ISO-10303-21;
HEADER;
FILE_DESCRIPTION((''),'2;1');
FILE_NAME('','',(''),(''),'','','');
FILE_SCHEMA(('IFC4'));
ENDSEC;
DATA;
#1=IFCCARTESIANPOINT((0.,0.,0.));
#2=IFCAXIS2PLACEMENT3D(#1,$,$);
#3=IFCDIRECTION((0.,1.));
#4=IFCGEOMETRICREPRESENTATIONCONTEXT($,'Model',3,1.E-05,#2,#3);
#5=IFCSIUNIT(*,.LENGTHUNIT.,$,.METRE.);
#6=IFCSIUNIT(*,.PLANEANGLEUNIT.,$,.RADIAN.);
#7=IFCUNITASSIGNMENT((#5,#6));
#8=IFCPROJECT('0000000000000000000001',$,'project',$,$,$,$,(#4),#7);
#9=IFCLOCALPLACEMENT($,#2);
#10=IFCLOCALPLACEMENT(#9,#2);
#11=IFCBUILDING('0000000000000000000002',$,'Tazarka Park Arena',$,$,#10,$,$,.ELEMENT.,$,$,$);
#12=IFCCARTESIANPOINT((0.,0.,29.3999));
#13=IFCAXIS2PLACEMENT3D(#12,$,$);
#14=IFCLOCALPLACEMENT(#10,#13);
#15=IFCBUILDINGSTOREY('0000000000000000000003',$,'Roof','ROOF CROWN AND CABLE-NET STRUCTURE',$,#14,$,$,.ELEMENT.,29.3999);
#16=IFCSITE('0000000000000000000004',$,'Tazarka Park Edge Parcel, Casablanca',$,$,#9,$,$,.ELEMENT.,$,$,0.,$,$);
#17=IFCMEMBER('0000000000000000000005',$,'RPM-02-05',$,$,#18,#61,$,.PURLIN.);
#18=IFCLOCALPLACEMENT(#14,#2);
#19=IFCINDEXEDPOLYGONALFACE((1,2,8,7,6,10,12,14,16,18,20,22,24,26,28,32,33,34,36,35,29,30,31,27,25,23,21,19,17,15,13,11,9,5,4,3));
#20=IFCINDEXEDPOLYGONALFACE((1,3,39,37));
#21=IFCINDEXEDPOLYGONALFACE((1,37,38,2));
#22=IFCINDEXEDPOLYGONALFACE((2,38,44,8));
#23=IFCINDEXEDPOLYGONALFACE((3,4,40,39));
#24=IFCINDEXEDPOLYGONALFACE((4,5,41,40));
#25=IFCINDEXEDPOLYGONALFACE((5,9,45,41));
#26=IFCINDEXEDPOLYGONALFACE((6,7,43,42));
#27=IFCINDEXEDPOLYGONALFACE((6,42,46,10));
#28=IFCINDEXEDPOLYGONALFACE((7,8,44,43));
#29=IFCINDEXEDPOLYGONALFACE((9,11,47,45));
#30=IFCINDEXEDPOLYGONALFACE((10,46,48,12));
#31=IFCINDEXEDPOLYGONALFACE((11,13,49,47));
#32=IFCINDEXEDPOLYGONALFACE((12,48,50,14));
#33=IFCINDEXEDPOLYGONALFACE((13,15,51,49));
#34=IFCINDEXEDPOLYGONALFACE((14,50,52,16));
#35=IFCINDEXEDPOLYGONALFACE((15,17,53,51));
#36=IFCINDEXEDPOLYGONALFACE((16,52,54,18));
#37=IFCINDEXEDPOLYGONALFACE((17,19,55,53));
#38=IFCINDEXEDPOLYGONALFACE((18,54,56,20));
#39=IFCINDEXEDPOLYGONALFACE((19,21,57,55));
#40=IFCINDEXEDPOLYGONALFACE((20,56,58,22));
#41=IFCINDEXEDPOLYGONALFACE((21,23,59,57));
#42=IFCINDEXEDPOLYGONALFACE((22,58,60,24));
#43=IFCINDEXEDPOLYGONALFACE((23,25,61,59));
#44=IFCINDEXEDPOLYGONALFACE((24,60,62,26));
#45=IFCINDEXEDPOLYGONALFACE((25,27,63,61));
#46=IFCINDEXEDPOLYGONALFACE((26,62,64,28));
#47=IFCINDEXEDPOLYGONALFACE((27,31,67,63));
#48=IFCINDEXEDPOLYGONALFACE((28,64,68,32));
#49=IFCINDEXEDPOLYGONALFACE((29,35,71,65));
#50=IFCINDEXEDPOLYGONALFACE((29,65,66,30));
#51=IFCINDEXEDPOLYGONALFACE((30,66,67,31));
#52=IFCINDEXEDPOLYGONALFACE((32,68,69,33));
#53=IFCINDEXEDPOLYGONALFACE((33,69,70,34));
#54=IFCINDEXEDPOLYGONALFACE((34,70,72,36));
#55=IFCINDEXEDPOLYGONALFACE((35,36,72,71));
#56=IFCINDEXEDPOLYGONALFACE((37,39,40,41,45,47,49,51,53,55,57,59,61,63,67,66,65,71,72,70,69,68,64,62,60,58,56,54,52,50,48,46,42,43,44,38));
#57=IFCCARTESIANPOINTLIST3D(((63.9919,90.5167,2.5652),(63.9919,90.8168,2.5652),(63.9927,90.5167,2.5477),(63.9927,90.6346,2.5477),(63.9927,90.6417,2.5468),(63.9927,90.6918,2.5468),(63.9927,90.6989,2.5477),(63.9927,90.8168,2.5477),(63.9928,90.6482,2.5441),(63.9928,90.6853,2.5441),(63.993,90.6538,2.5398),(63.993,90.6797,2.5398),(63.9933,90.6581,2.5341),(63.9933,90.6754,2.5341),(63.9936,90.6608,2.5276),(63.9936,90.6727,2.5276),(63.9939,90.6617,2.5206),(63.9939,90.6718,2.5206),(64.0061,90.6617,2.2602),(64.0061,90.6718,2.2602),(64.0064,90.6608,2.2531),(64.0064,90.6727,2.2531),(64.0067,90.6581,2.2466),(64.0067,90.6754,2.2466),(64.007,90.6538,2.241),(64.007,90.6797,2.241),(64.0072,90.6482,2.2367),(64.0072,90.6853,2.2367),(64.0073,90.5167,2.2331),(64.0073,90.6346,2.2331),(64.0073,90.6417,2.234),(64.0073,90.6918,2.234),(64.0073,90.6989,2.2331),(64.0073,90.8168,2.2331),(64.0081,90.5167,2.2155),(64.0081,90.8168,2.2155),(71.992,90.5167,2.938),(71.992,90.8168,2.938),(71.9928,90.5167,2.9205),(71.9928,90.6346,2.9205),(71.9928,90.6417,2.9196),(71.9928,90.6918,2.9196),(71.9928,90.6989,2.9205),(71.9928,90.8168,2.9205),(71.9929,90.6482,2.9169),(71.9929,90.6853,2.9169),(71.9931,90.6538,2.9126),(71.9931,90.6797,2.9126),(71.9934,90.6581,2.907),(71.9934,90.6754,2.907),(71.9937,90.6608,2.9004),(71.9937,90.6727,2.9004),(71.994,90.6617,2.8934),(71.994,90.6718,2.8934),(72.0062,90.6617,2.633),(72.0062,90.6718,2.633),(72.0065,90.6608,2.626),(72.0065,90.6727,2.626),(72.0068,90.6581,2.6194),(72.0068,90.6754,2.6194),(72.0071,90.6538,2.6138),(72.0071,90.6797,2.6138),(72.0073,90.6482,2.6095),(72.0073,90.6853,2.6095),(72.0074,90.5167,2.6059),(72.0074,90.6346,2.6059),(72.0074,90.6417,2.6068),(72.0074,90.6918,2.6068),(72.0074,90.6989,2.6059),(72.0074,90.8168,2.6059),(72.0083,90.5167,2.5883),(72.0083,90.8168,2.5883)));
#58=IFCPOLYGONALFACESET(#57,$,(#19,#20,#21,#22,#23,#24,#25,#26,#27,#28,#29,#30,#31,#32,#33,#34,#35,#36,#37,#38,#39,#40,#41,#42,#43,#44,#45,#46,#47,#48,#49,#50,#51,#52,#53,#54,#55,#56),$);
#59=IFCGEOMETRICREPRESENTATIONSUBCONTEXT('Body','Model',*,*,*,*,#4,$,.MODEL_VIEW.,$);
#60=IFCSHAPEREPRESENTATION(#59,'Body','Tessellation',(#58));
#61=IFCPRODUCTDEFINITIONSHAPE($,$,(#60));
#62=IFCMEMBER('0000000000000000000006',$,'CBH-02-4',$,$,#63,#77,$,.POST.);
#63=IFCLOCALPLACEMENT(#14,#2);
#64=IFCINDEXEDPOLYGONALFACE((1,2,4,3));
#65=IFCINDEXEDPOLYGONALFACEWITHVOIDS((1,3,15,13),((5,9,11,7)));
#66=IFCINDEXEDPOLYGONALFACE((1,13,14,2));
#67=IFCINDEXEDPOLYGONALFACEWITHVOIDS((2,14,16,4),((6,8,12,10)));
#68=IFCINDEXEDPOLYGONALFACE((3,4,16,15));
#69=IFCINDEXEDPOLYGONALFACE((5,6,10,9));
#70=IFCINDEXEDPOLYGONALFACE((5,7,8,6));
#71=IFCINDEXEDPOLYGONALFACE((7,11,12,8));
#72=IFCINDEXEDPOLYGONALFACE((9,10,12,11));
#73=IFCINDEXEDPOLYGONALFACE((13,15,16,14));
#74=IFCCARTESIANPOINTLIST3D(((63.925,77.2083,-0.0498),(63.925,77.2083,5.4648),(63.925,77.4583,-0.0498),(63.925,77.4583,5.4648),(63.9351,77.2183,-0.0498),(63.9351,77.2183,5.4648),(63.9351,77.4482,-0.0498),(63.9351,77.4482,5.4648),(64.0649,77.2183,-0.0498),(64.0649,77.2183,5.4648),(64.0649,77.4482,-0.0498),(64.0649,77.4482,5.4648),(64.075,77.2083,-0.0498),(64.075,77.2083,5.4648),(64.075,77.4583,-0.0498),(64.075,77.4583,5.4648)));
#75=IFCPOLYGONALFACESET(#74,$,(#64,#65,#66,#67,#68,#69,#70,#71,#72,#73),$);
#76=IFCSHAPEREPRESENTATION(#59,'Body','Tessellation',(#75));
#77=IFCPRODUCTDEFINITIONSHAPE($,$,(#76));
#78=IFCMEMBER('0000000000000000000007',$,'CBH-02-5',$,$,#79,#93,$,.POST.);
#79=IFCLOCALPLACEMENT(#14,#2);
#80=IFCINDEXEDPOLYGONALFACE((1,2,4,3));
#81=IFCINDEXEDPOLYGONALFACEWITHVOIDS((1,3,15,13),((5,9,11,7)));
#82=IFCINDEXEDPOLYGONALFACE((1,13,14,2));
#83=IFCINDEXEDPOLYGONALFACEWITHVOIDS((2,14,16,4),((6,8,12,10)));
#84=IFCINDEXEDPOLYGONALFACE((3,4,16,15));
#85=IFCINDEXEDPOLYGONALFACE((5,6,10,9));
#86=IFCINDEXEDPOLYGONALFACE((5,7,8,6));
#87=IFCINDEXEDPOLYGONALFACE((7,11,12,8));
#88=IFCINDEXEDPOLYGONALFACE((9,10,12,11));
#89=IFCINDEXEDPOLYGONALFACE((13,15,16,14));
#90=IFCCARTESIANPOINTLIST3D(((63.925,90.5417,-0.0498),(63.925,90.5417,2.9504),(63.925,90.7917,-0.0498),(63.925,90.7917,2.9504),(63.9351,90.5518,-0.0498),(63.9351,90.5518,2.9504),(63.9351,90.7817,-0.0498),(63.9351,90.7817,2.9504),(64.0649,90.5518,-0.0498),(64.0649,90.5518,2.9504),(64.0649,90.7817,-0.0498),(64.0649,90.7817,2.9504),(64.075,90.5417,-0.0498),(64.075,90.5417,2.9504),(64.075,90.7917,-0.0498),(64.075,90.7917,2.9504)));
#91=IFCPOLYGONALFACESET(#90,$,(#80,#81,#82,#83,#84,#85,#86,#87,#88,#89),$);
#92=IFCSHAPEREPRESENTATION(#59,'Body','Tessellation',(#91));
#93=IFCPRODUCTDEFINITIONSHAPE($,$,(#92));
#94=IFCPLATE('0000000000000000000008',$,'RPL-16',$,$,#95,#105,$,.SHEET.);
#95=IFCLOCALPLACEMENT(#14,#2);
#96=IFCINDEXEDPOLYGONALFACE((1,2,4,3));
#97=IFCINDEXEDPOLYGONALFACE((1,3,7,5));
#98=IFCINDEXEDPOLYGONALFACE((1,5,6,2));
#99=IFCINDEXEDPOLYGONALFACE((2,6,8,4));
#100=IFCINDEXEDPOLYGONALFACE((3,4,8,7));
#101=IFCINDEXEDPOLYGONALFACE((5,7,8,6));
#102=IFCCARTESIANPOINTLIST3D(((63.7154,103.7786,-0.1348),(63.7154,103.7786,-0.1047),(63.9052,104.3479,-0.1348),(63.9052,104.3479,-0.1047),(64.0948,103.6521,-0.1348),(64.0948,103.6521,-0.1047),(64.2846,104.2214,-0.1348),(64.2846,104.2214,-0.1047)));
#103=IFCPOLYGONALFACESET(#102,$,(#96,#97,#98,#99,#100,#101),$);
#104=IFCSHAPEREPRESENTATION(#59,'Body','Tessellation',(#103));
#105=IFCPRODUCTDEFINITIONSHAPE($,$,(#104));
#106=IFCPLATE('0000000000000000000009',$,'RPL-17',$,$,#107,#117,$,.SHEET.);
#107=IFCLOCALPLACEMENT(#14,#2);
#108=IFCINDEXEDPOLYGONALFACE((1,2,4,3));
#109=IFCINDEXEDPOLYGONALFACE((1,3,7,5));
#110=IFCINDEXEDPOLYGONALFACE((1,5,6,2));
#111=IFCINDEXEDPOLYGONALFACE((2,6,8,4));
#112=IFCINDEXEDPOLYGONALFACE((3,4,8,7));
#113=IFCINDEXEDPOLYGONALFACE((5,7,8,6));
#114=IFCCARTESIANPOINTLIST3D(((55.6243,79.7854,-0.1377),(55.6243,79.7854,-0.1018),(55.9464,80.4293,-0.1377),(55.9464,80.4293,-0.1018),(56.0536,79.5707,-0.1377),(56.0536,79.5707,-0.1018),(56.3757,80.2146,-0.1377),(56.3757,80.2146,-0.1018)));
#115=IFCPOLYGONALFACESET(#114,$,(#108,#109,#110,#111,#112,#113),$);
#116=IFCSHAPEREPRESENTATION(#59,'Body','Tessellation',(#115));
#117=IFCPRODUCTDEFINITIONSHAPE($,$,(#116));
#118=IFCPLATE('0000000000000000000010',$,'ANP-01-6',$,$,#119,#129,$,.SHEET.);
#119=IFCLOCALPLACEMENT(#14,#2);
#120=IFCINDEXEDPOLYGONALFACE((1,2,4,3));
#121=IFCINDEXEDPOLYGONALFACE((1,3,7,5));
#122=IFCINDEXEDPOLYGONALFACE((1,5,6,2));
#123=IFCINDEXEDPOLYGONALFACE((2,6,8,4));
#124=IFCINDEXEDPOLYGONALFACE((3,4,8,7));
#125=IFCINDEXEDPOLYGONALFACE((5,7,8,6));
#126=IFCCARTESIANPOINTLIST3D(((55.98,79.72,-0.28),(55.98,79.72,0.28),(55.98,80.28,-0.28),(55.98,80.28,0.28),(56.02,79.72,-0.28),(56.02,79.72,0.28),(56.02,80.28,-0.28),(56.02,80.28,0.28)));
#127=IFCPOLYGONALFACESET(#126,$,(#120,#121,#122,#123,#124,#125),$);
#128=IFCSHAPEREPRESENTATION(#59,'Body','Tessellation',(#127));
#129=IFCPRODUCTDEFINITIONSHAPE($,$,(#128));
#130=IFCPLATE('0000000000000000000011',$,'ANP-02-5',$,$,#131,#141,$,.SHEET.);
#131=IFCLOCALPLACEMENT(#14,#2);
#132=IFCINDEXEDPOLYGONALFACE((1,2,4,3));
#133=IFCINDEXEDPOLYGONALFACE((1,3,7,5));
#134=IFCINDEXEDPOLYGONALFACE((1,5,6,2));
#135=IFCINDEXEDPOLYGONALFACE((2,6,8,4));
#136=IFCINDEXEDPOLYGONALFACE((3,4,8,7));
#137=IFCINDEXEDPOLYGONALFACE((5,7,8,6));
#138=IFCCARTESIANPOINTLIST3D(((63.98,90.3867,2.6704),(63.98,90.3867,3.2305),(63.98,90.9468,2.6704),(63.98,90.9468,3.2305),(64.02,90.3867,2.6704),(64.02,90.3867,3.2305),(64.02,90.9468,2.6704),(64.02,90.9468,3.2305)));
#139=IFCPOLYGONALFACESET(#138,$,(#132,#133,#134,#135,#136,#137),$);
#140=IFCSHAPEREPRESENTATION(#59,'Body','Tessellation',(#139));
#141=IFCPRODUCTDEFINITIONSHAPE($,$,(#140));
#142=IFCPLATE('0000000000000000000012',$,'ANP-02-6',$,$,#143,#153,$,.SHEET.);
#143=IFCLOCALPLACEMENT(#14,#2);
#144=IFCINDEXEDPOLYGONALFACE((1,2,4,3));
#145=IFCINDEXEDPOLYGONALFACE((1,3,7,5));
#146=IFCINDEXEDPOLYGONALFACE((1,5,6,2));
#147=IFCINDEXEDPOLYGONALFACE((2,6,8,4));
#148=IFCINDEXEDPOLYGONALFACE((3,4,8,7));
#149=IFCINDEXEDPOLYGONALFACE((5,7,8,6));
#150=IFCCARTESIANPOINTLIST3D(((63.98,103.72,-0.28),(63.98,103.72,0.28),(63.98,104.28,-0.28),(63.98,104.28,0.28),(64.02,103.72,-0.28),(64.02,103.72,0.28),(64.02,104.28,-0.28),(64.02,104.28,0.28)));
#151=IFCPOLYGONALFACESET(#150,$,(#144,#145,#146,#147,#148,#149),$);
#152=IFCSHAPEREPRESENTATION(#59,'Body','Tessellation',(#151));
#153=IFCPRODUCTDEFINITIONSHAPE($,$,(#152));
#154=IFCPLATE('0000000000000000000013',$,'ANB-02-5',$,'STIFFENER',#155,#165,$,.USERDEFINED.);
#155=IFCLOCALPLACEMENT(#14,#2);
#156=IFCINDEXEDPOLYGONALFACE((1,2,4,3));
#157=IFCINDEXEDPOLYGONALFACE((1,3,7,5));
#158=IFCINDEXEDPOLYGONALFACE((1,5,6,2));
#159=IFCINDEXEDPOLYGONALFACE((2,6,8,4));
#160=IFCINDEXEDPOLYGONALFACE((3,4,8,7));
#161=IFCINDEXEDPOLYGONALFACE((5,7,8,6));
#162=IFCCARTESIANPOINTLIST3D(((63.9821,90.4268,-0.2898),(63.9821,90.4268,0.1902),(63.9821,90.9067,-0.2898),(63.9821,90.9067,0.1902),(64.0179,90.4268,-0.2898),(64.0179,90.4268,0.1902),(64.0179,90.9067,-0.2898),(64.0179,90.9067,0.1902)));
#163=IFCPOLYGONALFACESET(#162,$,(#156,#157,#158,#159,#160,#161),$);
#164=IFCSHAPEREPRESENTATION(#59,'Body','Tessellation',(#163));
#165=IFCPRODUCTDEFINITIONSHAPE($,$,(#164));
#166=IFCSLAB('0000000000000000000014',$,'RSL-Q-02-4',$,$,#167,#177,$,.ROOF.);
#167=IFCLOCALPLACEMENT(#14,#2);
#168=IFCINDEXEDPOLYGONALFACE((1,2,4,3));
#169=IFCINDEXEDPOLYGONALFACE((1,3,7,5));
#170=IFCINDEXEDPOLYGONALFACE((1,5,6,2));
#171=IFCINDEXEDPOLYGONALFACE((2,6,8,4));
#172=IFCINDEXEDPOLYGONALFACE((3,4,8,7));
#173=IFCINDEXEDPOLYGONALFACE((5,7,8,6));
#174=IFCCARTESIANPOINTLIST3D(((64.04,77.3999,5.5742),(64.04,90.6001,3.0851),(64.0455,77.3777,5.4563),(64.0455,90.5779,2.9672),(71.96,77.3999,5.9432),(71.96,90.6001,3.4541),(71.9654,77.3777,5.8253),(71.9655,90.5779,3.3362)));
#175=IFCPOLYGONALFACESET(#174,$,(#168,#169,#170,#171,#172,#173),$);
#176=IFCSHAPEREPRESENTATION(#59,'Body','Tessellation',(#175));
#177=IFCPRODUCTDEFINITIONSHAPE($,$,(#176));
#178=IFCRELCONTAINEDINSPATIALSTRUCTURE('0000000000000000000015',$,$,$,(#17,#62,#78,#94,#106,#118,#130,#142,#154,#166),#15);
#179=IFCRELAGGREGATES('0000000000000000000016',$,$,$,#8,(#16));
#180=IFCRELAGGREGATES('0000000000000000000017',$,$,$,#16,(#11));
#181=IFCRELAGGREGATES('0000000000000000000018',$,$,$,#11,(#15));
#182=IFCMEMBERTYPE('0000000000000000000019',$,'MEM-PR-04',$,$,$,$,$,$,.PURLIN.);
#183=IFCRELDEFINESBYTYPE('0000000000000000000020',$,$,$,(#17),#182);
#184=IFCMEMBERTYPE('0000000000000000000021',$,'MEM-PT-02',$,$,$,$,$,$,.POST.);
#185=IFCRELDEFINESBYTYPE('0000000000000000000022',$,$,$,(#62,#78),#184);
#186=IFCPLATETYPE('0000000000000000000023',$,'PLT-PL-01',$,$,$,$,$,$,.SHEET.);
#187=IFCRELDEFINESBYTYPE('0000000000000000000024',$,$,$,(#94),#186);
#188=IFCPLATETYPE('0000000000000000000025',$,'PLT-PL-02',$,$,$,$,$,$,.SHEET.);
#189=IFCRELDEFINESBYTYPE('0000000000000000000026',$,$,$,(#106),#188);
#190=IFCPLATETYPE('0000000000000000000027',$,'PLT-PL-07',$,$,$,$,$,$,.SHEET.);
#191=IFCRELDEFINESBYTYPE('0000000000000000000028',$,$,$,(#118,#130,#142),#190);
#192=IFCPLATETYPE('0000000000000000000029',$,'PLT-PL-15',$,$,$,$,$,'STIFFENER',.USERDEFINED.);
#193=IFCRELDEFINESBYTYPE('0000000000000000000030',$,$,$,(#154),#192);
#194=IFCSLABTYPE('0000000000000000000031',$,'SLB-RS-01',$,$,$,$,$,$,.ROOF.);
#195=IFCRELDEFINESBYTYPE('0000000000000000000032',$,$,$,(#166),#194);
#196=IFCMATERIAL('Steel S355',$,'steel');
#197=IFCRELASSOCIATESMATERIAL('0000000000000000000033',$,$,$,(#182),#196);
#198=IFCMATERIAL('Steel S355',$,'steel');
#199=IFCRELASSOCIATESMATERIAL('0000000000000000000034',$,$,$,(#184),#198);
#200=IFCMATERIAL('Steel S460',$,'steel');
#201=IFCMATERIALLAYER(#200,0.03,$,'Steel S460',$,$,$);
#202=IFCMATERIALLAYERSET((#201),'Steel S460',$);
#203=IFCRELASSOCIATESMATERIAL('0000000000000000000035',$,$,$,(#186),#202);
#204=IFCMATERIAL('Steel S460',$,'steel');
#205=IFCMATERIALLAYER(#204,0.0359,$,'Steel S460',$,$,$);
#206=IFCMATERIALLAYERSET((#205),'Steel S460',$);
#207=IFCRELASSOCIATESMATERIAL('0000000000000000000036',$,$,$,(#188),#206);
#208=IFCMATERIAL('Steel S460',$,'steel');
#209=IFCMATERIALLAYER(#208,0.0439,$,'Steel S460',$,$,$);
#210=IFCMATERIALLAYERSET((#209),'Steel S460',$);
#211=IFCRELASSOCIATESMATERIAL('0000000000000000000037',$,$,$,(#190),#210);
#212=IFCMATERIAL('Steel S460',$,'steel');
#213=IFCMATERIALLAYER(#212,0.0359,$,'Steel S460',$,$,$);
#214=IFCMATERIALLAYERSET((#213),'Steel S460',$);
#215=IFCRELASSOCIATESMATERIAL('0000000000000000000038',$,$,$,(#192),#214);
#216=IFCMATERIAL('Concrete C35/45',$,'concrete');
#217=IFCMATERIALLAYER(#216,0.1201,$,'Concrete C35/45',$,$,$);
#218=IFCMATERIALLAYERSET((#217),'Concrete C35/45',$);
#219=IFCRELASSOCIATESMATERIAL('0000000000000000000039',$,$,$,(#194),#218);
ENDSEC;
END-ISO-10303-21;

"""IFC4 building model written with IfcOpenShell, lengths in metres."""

from ifc_helpers import new_model, si_unit, direction, frame, origin, origin_2d, place, context, subcontext, project, spatial, polyline, rectangle, hollow_rectangle, i_section, outline, extrude, material, layer, layer_set, material_profile, profile_set, type_object, element, save


model = new_model("IFC4")

# Units and contexts
model_context = context("Model", 3, precision=1e-05, world=origin(), true_north=direction((0.0, 1.0)))
body_context = subcontext(model_context, "Body", "Model", "MODEL_VIEW")
ifc_project = project(units=[si_unit("LENGTHUNIT", "METRE"), si_unit("PLANEANGLEUNIT", "RADIAN")], contexts=[model_context])

# Site, building, storey
site_placement = place(None, origin())
site = spatial("IfcSite", under=ifc_project, at=site_placement, Name="Tazarka Park Edge Parcel, Casablanca", CompositionType="ELEMENT", RefElevation=0.0)
building_placement = place(site_placement, origin())
building = spatial("IfcBuilding", under=site, at=building_placement, Name="Tazarka Park Arena", CompositionType="ELEMENT")
storey_placement = place(building_placement, frame((0.0, 0.0, 29.3999)))
storey = spatial("IfcBuildingStorey", under=building, at=storey_placement, Name="Roof", Description="ROOF CROWN AND CABLE-NET STRUCTURE", CompositionType="ELEMENT", Elevation=29.3999)

# Members
ifc_material_1 = material(Name="Steel S355", Category="steel")
ifc_material_profile_1 = material_profile(ifc_material_1, i_section(OverallWidth=0.3, OverallDepth=0.3501, WebThickness=0.01, FlangeThickness=0.0176, FilletRadius=0.0271, at=origin_2d()), Name="Steel S355")
ifc_profile_set_1 = profile_set([ifc_material_profile_1], Name="Steel S355")
member_type_1 = type_object("IfcMemberType", Name="MEM-PR-04", PredefinedType="PURLIN", material=ifc_profile_set_1)
member_1_placement = place(storey_placement, frame((64.0, 90.6667, 2.3904), z_axis=(0.998916, 0.0, 0.04655), x_axis=(0.0, 1.0, 0.0)))
element("IfcMember", 1, at=member_1_placement, inside=storey, type_object=member_type_1, Name="RPM-02-05", PredefinedType="PURLIN", context=body_context, shape_type="SweptSolid", body=[
    extrude(i_section(OverallWidth=0.3, OverallDepth=0.3501, WebThickness=0.01, FlangeThickness=0.0176, FilletRadius=0.0271, at=origin_2d()), origin(), (0.0, 0.0, 1.0), 8.0088),
])
ifc_material_2 = material(Name="Steel S355", Category="steel")
ifc_material_profile_2 = material_profile(ifc_material_2, hollow_rectangle(XDim=0.1499, YDim=0.25, WallThickness=0.01, at=origin_2d()), Name="Steel S355")
ifc_profile_set_2 = profile_set([ifc_material_profile_2], Name="Steel S355")
member_type_2 = type_object("IfcMemberType", Name="MEM-PT-02", PredefinedType="POST", material=ifc_profile_set_2)
member_2_placement = place(storey_placement, frame((64.0, 77.3333, -0.0498), z_axis=(0.0, 0.0, 1.0), x_axis=(1.0, 0.0, 0.0)))
element("IfcMember", 2, at=member_2_placement, inside=storey, type_object=member_type_2, Name="CBH-02-4", PredefinedType="POST", context=body_context, shape_type="SweptSolid", body=[
    extrude(hollow_rectangle(XDim=0.1499, YDim=0.25, WallThickness=0.01, at=origin_2d()), origin(), (0.0, 0.0, 1.0), 5.5146),
])
member_3_placement = place(storey_placement, frame((64.0, 90.6667, -0.0498), z_axis=(0.0, 0.0, 1.0), x_axis=(1.0, 0.0, 0.0)))
element("IfcMember", 3, at=member_3_placement, inside=storey, type_object=member_type_2, Name="CBH-02-5", PredefinedType="POST", context=body_context, shape_type="SweptSolid", body=[
    extrude(hollow_rectangle(XDim=0.1499, YDim=0.25, WallThickness=0.01, at=origin_2d()), origin(), (0.0, 0.0, 1.0), 3.0002),
])

# Plates
ifc_material_3 = material(Name="Steel S460", Category="steel")
ifc_layer_1 = layer(ifc_material_3, 0.03, Name="Steel S460")
ifc_layer_set_1 = layer_set([ifc_layer_1], Name="Steel S460")
plate_type_1 = type_object("IfcPlateType", Name="PLT-PL-01", PredefinedType="SHEET", material=ifc_layer_set_1)
plate_1_placement = place(storey_placement, frame((64.0, 104.0, -0.1348), z_axis=(0.0, 0.0, 1.0), x_axis=(0.316146, 0.948711, 0.0)))
element("IfcPlate", 4, at=plate_1_placement, inside=storey, type_object=plate_type_1, Name="RPL-16", PredefinedType="SHEET", context=body_context, shape_type="SweptSolid", body=[
    extrude(rectangle(XDim=0.6001, YDim=0.3999, at=origin_2d()), origin(), (0.0, 0.0, 1.0), 0.03),
])
ifc_material_4 = material(Name="Steel S460", Category="steel")
ifc_layer_2 = layer(ifc_material_4, 0.0359, Name="Steel S460")
ifc_layer_set_2 = layer_set([ifc_layer_2], Name="Steel S460")
plate_type_2 = type_object("IfcPlateType", Name="PLT-PL-02", PredefinedType="SHEET", material=ifc_layer_set_2)
plate_2_placement = place(storey_placement, frame((56.0, 80.0, -0.1377), z_axis=(0.0, 0.0, 1.0), x_axis=(0.447291, 0.894389, 0.0)))
element("IfcPlate", 5, at=plate_2_placement, inside=storey, type_object=plate_type_2, Name="RPL-17", PredefinedType="SHEET", context=body_context, shape_type="SweptSolid", body=[
    extrude(rectangle(XDim=0.72, YDim=0.48, at=origin_2d()), origin(), (0.0, 0.0, 1.0), 0.0359),
])
ifc_material_5 = material(Name="Steel S460", Category="steel")
ifc_layer_3 = layer(ifc_material_5, 0.0439, Name="Steel S460")
ifc_layer_set_3 = layer_set([ifc_layer_3], Name="Steel S460")
plate_type_3 = type_object("IfcPlateType", Name="PLT-PL-07", PredefinedType="SHEET", material=ifc_layer_set_3)
for number, where, z_axis, x_axis, name in (
    (6, (56.0, 80.0, -0.28), (0.0, 0.0, 1.0), (1.0, 0.0, 0.0), "ANP-01-6"),
    (7, (64.0, 90.6667, 2.6704), (0.0, 0.0, 1.0), (1.0, 0.0, 0.0), "ANP-02-5"),
    (8, (64.0, 104.0, -0.28), (0.0, 0.0, 1.0), (1.0, 0.0, 0.0), "ANP-02-6"),
):
    element("IfcPlate", number, at=place(storey_placement, frame(where, z_axis=z_axis, x_axis=x_axis)), inside=storey, type_object=plate_type_3, Name=name, PredefinedType="SHEET", context=body_context, shape_type="SweptSolid", body=[
        extrude(rectangle(XDim=0.04, YDim=0.5601, at=origin_2d()), origin(), (0.0, 0.0, 1.0), 0.5601),
    ])
ifc_material_6 = material(Name="Steel S460", Category="steel")
ifc_layer_4 = layer(ifc_material_6, 0.0359, Name="Steel S460")
ifc_layer_set_4 = layer_set([ifc_layer_4], Name="Steel S460")
plate_type_4 = type_object("IfcPlateType", Name="PLT-PL-15", ElementType="STIFFENER", PredefinedType="USERDEFINED", material=ifc_layer_set_4)
plate_3_placement = place(storey_placement, frame((64.0, 90.6667, -0.2898), z_axis=(0.0, 0.0, 1.0), x_axis=(1.0, 0.0, 0.0)))
element("IfcPlate", 9, at=plate_3_placement, inside=storey, type_object=plate_type_4, Name="ANB-02-5", ObjectType="STIFFENER", PredefinedType="USERDEFINED", context=body_context, shape_type="SweptSolid", body=[
    extrude(rectangle(XDim=0.0359, YDim=0.48, at=origin_2d()), origin(), (0.0, 0.0, 1.0), 0.48),
])

# Slab
ifc_material_7 = material(Name="Concrete C35/45", Category="concrete")
ifc_layer_5 = layer(ifc_material_7, 0.1201, Name="Concrete C35/45")
ifc_layer_set_5 = layer_set([ifc_layer_5], Name="Concrete C35/45")
slab_type_1 = type_object("IfcSlabType", Name="SLB-RS-01", PredefinedType="ROOF", material=ifc_layer_set_5)
slab_1_placement = place(storey_placement, frame((64.04, 77.3999, 5.5742), z_axis=(-0.045739, 0.185108, 0.981653), x_axis=(0.998916, 0.000003, 0.046543)))
element("IfcSlab", 10, at=slab_1_placement, inside=storey, type_object=slab_type_1, Name="RSL-Q-02-4", PredefinedType="ROOF", context=body_context, shape_type="SweptSolid", body=[
    extrude(outline(polyline([(0.0, 0.0), (7.9285, 0.0), (7.8127, 13.4323), (-0.1158, 13.4324), (0.0, 0.0)])), origin(), (0.0, 0.0, -1.0), 0.1201),
])

save(model, "model.ifc")
